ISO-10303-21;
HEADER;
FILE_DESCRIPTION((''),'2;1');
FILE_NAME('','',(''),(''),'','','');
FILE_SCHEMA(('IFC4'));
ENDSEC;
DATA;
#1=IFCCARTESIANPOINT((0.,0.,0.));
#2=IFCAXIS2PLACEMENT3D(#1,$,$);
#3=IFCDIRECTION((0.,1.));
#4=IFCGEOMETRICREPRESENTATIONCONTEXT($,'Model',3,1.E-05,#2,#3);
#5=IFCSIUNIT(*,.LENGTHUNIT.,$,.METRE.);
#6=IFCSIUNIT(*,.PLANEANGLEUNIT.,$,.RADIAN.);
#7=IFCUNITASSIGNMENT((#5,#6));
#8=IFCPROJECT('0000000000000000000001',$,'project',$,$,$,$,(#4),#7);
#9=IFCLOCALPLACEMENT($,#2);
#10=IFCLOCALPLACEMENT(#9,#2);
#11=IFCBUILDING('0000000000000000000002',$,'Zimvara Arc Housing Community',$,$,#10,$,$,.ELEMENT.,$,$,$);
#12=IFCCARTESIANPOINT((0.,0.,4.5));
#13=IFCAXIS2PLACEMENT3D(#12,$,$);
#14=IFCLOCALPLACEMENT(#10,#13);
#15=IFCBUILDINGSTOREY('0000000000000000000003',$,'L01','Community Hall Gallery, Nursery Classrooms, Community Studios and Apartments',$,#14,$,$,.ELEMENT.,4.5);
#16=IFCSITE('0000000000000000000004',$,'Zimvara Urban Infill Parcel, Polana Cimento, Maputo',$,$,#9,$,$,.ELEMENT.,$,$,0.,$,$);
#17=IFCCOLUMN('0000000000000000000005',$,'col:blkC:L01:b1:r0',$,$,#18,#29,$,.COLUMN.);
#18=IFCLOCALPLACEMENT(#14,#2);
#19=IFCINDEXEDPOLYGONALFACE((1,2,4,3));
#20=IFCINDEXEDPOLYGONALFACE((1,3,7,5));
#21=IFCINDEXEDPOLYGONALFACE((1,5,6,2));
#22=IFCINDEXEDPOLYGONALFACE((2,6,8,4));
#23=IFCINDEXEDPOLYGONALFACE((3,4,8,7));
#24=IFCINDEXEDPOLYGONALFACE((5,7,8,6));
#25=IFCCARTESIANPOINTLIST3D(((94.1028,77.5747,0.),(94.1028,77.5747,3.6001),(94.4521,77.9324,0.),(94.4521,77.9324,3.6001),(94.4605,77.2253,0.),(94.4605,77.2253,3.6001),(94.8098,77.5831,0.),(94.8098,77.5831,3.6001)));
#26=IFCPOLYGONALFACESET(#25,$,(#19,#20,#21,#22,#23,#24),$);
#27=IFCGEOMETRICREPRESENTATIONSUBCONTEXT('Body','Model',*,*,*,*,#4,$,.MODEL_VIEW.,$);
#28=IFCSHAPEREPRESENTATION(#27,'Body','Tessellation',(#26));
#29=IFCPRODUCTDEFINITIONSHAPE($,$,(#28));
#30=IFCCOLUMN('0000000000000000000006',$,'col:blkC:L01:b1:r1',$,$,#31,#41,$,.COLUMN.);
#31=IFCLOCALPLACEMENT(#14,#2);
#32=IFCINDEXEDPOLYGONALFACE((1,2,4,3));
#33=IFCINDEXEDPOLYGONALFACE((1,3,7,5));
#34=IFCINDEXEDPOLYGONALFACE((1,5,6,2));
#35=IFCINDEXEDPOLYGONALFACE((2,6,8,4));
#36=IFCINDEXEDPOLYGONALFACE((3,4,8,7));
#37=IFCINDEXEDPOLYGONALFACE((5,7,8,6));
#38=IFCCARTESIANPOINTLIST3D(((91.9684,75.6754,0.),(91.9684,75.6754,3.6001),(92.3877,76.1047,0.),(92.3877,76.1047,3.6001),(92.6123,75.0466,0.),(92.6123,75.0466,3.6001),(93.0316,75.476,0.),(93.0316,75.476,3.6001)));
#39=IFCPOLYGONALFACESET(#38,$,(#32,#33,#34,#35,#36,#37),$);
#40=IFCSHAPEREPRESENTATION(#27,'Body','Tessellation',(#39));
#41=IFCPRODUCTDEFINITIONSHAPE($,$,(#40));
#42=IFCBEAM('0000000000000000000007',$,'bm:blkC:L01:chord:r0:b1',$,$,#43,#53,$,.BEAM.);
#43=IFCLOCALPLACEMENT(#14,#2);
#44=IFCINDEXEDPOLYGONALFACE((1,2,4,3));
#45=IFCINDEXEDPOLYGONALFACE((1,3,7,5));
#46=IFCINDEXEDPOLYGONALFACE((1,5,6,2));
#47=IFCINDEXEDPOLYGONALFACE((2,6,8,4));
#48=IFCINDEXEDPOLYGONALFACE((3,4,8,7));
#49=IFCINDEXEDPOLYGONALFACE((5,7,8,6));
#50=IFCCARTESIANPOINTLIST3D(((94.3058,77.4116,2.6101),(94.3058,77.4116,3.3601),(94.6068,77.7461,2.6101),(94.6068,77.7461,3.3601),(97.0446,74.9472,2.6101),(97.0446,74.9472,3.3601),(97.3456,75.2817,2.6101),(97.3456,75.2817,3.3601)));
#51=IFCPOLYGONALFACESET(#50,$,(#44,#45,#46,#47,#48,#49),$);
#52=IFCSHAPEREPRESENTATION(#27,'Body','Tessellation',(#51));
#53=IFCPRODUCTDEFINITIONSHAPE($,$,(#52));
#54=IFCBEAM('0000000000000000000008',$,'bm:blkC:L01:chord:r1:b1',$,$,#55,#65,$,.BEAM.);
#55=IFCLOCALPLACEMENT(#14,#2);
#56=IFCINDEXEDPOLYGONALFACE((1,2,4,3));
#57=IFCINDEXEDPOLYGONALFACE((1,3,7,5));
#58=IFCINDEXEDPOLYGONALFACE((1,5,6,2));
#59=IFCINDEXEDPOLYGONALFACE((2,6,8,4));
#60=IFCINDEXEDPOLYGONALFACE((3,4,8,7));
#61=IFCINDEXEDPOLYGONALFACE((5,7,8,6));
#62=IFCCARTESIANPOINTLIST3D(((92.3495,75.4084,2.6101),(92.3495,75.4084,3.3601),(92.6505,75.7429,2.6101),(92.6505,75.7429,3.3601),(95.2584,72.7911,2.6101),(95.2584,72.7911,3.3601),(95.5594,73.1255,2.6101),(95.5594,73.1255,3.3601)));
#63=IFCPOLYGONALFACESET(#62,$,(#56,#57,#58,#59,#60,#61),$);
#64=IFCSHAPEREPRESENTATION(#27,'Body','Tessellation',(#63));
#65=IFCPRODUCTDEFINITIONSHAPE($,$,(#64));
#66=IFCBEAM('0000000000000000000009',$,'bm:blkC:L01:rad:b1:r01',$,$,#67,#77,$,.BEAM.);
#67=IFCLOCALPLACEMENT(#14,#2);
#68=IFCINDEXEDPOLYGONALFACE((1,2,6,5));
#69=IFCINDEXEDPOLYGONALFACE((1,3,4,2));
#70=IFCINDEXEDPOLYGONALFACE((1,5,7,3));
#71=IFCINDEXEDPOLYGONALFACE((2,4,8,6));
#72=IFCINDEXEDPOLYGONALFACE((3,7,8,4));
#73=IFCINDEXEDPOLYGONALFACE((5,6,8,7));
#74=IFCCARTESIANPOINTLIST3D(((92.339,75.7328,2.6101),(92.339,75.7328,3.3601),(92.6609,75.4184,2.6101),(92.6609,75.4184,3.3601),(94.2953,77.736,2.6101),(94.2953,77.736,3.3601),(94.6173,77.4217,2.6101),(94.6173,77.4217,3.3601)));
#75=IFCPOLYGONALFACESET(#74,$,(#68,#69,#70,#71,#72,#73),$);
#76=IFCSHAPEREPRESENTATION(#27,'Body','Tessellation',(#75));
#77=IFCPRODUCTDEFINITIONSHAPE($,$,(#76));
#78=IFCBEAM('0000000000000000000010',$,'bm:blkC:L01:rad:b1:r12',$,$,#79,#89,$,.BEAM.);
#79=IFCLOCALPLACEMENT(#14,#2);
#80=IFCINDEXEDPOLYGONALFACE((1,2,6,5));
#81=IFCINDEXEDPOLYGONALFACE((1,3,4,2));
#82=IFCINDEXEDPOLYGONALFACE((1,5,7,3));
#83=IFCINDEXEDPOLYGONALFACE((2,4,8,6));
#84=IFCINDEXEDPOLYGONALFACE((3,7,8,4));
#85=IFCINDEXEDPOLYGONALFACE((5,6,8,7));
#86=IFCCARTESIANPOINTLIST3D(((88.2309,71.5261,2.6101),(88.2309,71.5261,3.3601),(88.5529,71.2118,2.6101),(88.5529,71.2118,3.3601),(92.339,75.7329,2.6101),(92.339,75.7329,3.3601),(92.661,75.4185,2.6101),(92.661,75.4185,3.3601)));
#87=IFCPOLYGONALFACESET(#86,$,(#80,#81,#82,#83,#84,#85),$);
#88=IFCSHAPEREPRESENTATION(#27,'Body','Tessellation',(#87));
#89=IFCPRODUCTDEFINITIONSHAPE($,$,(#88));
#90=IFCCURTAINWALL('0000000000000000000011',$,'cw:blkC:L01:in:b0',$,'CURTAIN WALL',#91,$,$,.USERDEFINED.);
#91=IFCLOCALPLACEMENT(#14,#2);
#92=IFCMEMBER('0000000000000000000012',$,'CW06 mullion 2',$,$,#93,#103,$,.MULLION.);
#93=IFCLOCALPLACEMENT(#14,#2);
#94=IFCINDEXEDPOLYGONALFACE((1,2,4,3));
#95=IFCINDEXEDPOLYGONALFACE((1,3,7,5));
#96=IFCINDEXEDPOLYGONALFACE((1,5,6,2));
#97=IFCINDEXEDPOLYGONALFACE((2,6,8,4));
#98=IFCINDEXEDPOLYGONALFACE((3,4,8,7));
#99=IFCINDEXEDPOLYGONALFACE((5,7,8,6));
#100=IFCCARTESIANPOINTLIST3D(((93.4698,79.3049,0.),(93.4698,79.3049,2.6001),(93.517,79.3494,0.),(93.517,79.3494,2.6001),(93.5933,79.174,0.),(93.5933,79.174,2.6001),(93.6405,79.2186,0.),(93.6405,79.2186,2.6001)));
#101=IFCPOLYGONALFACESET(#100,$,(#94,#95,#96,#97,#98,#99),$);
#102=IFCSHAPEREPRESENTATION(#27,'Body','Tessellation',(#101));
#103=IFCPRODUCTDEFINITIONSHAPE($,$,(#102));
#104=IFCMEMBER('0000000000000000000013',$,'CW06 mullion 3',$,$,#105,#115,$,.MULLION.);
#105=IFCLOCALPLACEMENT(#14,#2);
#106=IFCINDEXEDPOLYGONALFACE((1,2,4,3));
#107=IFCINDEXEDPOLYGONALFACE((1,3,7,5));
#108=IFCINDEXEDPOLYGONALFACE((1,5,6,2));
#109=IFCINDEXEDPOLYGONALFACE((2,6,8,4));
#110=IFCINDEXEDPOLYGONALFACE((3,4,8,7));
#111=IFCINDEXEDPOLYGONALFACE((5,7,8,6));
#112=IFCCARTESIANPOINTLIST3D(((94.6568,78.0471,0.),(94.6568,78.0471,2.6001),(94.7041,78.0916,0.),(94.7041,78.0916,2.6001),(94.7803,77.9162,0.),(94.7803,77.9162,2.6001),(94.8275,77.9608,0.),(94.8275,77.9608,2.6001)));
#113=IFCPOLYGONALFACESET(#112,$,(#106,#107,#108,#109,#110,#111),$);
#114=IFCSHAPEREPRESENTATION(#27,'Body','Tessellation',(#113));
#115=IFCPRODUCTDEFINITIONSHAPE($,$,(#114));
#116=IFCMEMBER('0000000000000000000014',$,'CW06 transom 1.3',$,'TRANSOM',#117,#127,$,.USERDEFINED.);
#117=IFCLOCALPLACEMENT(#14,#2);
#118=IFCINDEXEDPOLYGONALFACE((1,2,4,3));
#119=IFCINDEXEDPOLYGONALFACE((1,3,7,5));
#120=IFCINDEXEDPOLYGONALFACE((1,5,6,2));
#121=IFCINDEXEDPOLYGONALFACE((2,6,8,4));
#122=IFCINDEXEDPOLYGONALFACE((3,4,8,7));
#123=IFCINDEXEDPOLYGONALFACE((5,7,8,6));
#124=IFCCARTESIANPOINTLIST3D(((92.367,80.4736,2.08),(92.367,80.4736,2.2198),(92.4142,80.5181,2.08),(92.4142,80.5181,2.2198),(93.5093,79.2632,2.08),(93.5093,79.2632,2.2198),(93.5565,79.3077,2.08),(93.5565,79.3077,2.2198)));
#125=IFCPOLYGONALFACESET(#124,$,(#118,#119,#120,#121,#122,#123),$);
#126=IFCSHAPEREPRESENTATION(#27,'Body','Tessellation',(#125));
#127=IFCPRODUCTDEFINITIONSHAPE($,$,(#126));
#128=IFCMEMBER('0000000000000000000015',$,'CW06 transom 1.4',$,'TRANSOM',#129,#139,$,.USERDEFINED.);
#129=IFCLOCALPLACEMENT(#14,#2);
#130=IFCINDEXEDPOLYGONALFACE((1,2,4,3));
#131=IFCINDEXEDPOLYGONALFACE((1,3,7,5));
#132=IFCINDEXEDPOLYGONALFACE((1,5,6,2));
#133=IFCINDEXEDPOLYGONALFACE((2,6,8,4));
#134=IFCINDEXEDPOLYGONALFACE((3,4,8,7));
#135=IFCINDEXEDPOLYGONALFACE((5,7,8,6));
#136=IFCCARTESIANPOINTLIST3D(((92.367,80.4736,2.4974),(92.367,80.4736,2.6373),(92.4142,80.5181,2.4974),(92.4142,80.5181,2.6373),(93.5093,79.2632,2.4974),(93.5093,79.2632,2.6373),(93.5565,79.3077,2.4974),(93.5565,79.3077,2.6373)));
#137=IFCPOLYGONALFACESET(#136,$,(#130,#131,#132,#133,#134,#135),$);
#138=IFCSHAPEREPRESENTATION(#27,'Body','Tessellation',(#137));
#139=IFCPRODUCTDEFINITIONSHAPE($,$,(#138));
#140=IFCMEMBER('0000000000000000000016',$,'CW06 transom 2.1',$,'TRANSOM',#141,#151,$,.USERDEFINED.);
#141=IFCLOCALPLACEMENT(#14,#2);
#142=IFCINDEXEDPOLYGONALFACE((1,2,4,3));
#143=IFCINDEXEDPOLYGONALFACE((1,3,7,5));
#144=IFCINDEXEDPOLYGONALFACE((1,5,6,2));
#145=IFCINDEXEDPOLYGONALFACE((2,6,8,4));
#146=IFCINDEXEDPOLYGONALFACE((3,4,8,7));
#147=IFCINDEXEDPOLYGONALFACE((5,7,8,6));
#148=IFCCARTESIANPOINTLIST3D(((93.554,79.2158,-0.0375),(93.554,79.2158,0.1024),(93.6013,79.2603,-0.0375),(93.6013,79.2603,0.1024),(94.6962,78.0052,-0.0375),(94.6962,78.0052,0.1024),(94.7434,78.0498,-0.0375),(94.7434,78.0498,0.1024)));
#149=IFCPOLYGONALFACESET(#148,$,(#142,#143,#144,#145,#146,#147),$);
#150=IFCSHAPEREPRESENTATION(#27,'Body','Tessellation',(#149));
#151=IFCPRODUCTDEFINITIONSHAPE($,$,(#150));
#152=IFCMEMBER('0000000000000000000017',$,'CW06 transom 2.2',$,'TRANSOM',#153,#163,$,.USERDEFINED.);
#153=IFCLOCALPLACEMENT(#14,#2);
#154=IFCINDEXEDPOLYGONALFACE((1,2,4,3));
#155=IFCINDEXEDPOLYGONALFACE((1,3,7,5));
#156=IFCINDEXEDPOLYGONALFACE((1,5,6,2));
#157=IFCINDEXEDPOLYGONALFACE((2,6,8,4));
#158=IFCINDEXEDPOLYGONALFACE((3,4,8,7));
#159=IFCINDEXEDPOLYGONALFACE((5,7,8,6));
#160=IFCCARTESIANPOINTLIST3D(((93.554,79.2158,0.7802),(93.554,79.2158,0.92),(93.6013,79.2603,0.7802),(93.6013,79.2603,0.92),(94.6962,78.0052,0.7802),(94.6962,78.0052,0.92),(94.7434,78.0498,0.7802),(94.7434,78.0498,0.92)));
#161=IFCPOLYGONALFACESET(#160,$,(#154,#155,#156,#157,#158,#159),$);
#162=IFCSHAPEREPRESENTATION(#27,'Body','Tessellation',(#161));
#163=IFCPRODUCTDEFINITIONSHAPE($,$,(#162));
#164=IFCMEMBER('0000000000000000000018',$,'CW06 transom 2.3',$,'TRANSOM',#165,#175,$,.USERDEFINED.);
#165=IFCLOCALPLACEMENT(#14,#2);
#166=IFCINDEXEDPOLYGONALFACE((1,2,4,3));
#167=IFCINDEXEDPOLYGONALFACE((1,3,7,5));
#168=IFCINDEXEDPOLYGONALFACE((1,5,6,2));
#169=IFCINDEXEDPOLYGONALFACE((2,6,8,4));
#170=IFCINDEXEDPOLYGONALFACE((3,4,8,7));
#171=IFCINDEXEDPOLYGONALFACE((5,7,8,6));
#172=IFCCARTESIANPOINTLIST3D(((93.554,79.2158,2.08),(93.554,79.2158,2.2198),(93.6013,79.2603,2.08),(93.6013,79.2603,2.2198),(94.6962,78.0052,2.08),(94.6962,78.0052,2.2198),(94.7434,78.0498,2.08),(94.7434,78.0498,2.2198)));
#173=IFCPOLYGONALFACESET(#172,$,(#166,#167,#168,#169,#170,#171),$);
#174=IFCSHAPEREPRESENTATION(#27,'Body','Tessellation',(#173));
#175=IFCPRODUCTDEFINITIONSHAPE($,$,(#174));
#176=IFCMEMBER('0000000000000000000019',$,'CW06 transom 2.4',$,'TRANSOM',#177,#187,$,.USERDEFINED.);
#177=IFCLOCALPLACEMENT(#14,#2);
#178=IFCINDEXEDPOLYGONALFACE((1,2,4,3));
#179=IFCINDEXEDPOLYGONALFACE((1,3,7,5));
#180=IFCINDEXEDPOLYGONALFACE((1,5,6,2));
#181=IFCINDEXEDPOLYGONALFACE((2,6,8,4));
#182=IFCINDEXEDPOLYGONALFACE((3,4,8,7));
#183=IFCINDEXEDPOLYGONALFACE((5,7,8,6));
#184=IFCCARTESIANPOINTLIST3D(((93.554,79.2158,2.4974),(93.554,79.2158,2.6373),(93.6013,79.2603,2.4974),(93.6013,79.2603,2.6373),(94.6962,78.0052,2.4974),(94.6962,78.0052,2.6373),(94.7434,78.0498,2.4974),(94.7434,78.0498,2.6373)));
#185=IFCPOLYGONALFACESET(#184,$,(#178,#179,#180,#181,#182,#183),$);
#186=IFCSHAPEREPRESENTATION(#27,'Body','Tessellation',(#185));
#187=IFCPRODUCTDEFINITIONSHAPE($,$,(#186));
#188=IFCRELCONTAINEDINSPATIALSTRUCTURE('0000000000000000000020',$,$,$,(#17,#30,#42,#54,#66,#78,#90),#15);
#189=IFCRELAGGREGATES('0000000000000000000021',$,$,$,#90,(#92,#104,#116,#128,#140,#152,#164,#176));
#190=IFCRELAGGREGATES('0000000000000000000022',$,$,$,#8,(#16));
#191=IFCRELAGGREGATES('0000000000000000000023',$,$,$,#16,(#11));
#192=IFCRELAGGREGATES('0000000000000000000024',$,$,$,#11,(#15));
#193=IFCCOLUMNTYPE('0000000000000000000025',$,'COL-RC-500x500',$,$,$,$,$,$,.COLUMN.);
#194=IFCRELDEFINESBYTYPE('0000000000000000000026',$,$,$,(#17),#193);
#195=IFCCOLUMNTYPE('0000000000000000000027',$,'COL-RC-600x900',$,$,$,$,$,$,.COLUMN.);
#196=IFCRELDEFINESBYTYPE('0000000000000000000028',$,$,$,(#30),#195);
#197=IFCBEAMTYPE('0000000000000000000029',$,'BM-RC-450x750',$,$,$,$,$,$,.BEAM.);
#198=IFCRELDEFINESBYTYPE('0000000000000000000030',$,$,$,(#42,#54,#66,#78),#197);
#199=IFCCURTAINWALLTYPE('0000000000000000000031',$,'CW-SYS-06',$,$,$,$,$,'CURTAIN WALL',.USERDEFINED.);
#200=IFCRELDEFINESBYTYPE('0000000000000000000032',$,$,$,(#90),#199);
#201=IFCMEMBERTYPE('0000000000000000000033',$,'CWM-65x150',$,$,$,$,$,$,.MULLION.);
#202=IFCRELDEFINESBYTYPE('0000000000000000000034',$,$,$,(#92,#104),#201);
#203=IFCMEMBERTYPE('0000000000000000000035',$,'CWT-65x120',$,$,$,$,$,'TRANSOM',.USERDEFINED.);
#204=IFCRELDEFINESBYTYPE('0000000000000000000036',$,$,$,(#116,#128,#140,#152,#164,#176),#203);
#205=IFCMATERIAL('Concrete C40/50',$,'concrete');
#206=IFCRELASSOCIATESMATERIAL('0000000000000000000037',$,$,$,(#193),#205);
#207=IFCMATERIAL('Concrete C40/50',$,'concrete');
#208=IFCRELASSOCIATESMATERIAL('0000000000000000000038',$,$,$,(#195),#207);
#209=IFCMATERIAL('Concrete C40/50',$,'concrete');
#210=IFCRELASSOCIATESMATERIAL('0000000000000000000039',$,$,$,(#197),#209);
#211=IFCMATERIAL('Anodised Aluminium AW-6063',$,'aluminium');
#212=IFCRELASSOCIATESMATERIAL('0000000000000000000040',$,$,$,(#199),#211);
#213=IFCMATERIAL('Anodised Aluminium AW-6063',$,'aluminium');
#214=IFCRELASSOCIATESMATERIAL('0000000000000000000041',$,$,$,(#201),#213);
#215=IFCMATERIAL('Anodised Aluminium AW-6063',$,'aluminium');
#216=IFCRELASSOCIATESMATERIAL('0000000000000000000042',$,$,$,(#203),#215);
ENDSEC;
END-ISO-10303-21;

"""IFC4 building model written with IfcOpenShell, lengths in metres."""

from ifc_helpers import new_model, si_unit, direction, frame, origin, origin_2d, place, context, subcontext, project, spatial, rectangle, extrude, material, material_profile, profile_set, type_object, element, aggregate, save


model = new_model("IFC4")

# Units and contexts
model_context = context("Model", 3, precision=1e-05, world=origin(), true_north=direction((0.0, 1.0)))
body_context = subcontext(model_context, "Body", "Model", "MODEL_VIEW")
ifc_project = project(units=[si_unit("LENGTHUNIT", "METRE"), si_unit("PLANEANGLEUNIT", "RADIAN")], contexts=[model_context])

# Site, building, storey
site_placement = place(None, origin())
site = spatial("IfcSite", under=ifc_project, at=site_placement, Name="Zimvara Urban Infill Parcel, Polana Cimento, Maputo", CompositionType="ELEMENT", RefElevation=0.0)
building_placement = place(site_placement, origin())
building = spatial("IfcBuilding", under=site, at=building_placement, Name="Zimvara Arc Housing Community", CompositionType="ELEMENT")
storey_placement = place(building_placement, frame((0.0, 0.0, 4.5)))
storey = spatial("IfcBuildingStorey", under=building, at=storey_placement, Name="L01", Description="Community Hall Gallery, Nursery Classrooms, Community Studios and Apartments", CompositionType="ELEMENT", Elevation=4.5)

# Columns
ifc_material_1 = material(Name="Concrete C40/50", Category="concrete")
ifc_material_profile_1 = material_profile(ifc_material_1, rectangle(XDim=0.5, YDim=0.5, at=origin_2d()), Name="RC 500x500")
ifc_profile_set_1 = profile_set([ifc_material_profile_1], Name="Concrete C40/50")
column_type_1 = type_object("IfcColumnType", Name="COL-RC-500x500", PredefinedType="COLUMN", material=ifc_profile_set_1)
column_1_placement = place(storey_placement, frame((94.4563, 77.5789, 0.0), z_axis=(0.0, 0.0, 1.0), x_axis=(-0.698665, -0.715449, 0.0)))
element("IfcColumn", 1, at=column_1_placement, inside=storey, type_object=column_type_1, Name="col:blkC:L01:b1:r0", PredefinedType="COLUMN", context=body_context, shape_type="SweptSolid", body=[
    extrude(rectangle(XDim=0.5, YDim=0.5, at=origin_2d()), origin(), (0.0, 0.0, 1.0), 3.6001),
])
ifc_material_2 = material(Name="Concrete C40/50", Category="concrete")
ifc_material_profile_2 = material_profile(ifc_material_2, rectangle(XDim=0.6001, YDim=0.8999, at=origin_2d()), Name="RC 600x900")
ifc_profile_set_2 = profile_set([ifc_material_profile_2], Name="Concrete C40/50")
column_type_2 = type_object("IfcColumnType", Name="COL-RC-600x900", PredefinedType="COLUMN", material=ifc_profile_set_2)
column_2_placement = place(storey_placement, frame((92.5, 75.5757, 0.0), z_axis=(0.0, 0.0, 1.0), x_axis=(-0.698665, -0.715449, 0.0)))
element("IfcColumn", 2, at=column_2_placement, inside=storey, type_object=column_type_2, Name="col:blkC:L01:b1:r1", PredefinedType="COLUMN", context=body_context, shape_type="SweptSolid", body=[
    extrude(rectangle(XDim=0.6001, YDim=0.8999, at=origin_2d()), origin(), (0.0, 0.0, 1.0), 3.6001),
])

# Beams
ifc_material_3 = material(Name="Concrete C40/50", Category="concrete")
ifc_material_profile_3 = material_profile(ifc_material_3, rectangle(XDim=0.45, YDim=0.75, at=origin_2d()), Name="RC 450x750")
ifc_profile_set_3 = profile_set([ifc_material_profile_3], Name="Concrete C40/50")
beam_type = type_object("IfcBeamType", Name="BM-RC-450x750", PredefinedType="BEAM", material=ifc_profile_set_3)
beam_1_placement = place(storey_placement, frame((94.4563, 77.5789, 2.9851), z_axis=(0.743367, -0.668884, 0.0), x_axis=(0.668884, 0.743367, 0.0)))
element("IfcBeam", 3, at=beam_1_placement, inside=storey, type_object=beam_type, Name="bm:blkC:L01:chord:r0:b1", PredefinedType="BEAM", context=body_context, shape_type="SweptSolid", body=[
    extrude(rectangle(XDim=0.45, YDim=0.75, at=origin_2d()), origin(), (0.0, 0.0, 1.0), 3.6843),
])
beam_2_placement = place(storey_placement, frame((92.5, 75.5757, 2.9851), z_axis=(0.743372, -0.668879, 0.0), x_axis=(0.668879, 0.743372, 0.0)))
element("IfcBeam", 4, at=beam_2_placement, inside=storey, type_object=beam_type, Name="bm:blkC:L01:chord:r1:b1", PredefinedType="BEAM", context=body_context, shape_type="SweptSolid", body=[
    extrude(rectangle(XDim=0.45, YDim=0.75, at=origin_2d()), origin(), (0.0, 0.0, 1.0), 3.9131),
])
beam_3_placement = place(storey_placement, frame((94.4563, 77.5789, 2.9851), z_axis=(-0.698687, -0.715428, 0.0), x_axis=(0.715428, -0.698687, 0.0)))
element("IfcBeam", 5, at=beam_3_placement, inside=storey, type_object=beam_type, Name="bm:blkC:L01:rad:b1:r01", PredefinedType="BEAM", context=body_context, shape_type="SweptSolid", body=[
    extrude(rectangle(XDim=0.45, YDim=0.75, at=origin_2d()), origin(), (0.0, 0.0, 1.0), 2.8),
])
beam_4_placement = place(storey_placement, frame((92.5, 75.5757, 2.9851), z_axis=(-0.69867, -0.715444, 0.0), x_axis=(0.715444, -0.69867, 0.0)))
element("IfcBeam", 6, at=beam_4_placement, inside=storey, type_object=beam_type, Name="bm:blkC:L01:rad:b1:r12", PredefinedType="BEAM", context=body_context, shape_type="SweptSolid", body=[
    extrude(rectangle(XDim=0.45, YDim=0.75, at=origin_2d()), origin(), (0.0, 0.0, 1.0), 5.8799),
])

# Curtain wall, members
ifc_material_4 = material(Name="Anodised Aluminium AW-6063", Category="aluminium")
curtain_wall_type = type_object("IfcCurtainWallType", Name="CW-SYS-06", ElementType="CURTAIN WALL", PredefinedType="USERDEFINED", material=ifc_material_4)
curtain_wall_placement = place(storey_placement, origin())
curtain_wall = element("IfcCurtainWall", 7, at=curtain_wall_placement, inside=storey, type_object=curtain_wall_type, Name="cw:blkC:L01:in:b0", ObjectType="CURTAIN WALL", PredefinedType="USERDEFINED")
ifc_material_5 = material(Name="Anodised Aluminium AW-6063", Category="aluminium")
ifc_material_profile_4 = material_profile(ifc_material_5, rectangle(XDim=0.0649, YDim=0.1799, at=origin_2d()), Name="ALU 65x180")
ifc_profile_set_4 = profile_set([ifc_material_profile_4], Name="Anodised Aluminium AW-6063")
member_type_1 = type_object("IfcMemberType", Name="CWM-65x150", PredefinedType="MULLION", material=ifc_profile_set_4)
member_1_placement = place(storey_placement, frame((93.5552, 79.2617, 0.0), z_axis=(0.0, 0.0, 1.0), x_axis=(0.727293, 0.686327, 0.0)))
member_1 = element("IfcMember", 8, at=member_1_placement, type_object=member_type_1, Name="CW06 mullion 2", PredefinedType="MULLION", context=body_context, shape_type="SweptSolid", body=[
    extrude(rectangle(XDim=0.0649, YDim=0.1799, at=origin_2d()), origin(), (0.0, 0.0, 1.0), 2.6001),
])
member_2_placement = place(storey_placement, frame((94.7422, 78.0039, 0.0), z_axis=(0.0, 0.0, 1.0), x_axis=(0.727293, 0.686327, 0.0)))
member_2 = element("IfcMember", 9, at=member_2_placement, type_object=member_type_1, Name="CW06 mullion 3", PredefinedType="MULLION", context=body_context, shape_type="SweptSolid", body=[
    extrude(rectangle(XDim=0.0649, YDim=0.1799, at=origin_2d()), origin(), (0.0, 0.0, 1.0), 2.6001),
])
ifc_material_6 = material(Name="Anodised Aluminium AW-6063", Category="aluminium")
ifc_material_profile_5 = material_profile(ifc_material_6, rectangle(XDim=0.0649, YDim=0.1399, at=origin_2d()), Name="ALU 65x140")
ifc_profile_set_5 = profile_set([ifc_material_profile_5], Name="Anodised Aluminium AW-6063")
member_type_2 = type_object("IfcMemberType", Name="CWT-65x120", ElementType="TRANSOM", PredefinedType="USERDEFINED", material=ifc_profile_set_5)
member_3_placement = place(storey_placement, frame((92.3906, 80.4958, 2.1499), z_axis=(0.686348, -0.727273, 0.0), x_axis=(0.727273, 0.686348, 0.0)))
member_3 = element("IfcMember", 10, at=member_3_placement, type_object=member_type_2, Name="CW06 transom 1.3", ObjectType="TRANSOM", PredefinedType="USERDEFINED", context=body_context, shape_type="SweptSolid", body=[
    extrude(rectangle(XDim=0.0649, YDim=0.1399, at=origin_2d()), origin(), (0.0, 0.0, 1.0), 1.6643),
])
member_4_placement = place(storey_placement, frame((92.3906, 80.4958, 2.5674), z_axis=(0.686348, -0.727273, 0.0), x_axis=(0.727273, 0.686348, 0.0)))
member_4 = element("IfcMember", 11, at=member_4_placement, type_object=member_type_2, Name="CW06 transom 1.4", ObjectType="TRANSOM", PredefinedType="USERDEFINED", context=body_context, shape_type="SweptSolid", body=[
    extrude(rectangle(XDim=0.0649, YDim=0.1399, at=origin_2d()), origin(), (0.0, 0.0, 1.0), 1.6643),
])
member_5_placement = place(storey_placement, frame((93.5776, 79.238, 0.0325), z_axis=(0.68627, -0.727347, 0.0), x_axis=(0.727347, 0.68627, 0.0)))
member_5 = element("IfcMember", 12, at=member_5_placement, type_object=member_type_2, Name="CW06 transom 2.1", ObjectType="TRANSOM", PredefinedType="USERDEFINED", context=body_context, shape_type="SweptSolid", body=[
    extrude(rectangle(XDim=0.0649, YDim=0.1399, at=origin_2d()), origin(), (0.0, 0.0, 1.0), 1.6643),
])
member_6_placement = place(storey_placement, frame((93.5776, 79.238, 0.8501), z_axis=(0.68627, -0.727347, 0.0), x_axis=(0.727347, 0.68627, 0.0)))
member_6 = element("IfcMember", 13, at=member_6_placement, type_object=member_type_2, Name="CW06 transom 2.2", ObjectType="TRANSOM", PredefinedType="USERDEFINED", context=body_context, shape_type="SweptSolid", body=[
    extrude(rectangle(XDim=0.0649, YDim=0.1399, at=origin_2d()), origin(), (0.0, 0.0, 1.0), 1.6643),
])
member_7_placement = place(storey_placement, frame((93.5776, 79.238, 2.1499), z_axis=(0.68627, -0.727347, 0.0), x_axis=(0.727347, 0.68627, 0.0)))
member_7 = element("IfcMember", 14, at=member_7_placement, type_object=member_type_2, Name="CW06 transom 2.3", ObjectType="TRANSOM", PredefinedType="USERDEFINED", context=body_context, shape_type="SweptSolid", body=[
    extrude(rectangle(XDim=0.0649, YDim=0.1399, at=origin_2d()), origin(), (0.0, 0.0, 1.0), 1.6643),
])
member_8_placement = place(storey_placement, frame((93.5776, 79.238, 2.5674), z_axis=(0.68627, -0.727347, 0.0), x_axis=(0.727347, 0.68627, 0.0)))
member_8 = element("IfcMember", 15, at=member_8_placement, type_object=member_type_2, Name="CW06 transom 2.4", ObjectType="TRANSOM", PredefinedType="USERDEFINED", context=body_context, shape_type="SweptSolid", body=[
    extrude(rectangle(XDim=0.0649, YDim=0.1399, at=origin_2d()), origin(), (0.0, 0.0, 1.0), 1.6643),
])
aggregate(curtain_wall, [member_1, member_2, member_3, member_4, member_5, member_6, member_7, member_8])

save(model, "model.ifc")
